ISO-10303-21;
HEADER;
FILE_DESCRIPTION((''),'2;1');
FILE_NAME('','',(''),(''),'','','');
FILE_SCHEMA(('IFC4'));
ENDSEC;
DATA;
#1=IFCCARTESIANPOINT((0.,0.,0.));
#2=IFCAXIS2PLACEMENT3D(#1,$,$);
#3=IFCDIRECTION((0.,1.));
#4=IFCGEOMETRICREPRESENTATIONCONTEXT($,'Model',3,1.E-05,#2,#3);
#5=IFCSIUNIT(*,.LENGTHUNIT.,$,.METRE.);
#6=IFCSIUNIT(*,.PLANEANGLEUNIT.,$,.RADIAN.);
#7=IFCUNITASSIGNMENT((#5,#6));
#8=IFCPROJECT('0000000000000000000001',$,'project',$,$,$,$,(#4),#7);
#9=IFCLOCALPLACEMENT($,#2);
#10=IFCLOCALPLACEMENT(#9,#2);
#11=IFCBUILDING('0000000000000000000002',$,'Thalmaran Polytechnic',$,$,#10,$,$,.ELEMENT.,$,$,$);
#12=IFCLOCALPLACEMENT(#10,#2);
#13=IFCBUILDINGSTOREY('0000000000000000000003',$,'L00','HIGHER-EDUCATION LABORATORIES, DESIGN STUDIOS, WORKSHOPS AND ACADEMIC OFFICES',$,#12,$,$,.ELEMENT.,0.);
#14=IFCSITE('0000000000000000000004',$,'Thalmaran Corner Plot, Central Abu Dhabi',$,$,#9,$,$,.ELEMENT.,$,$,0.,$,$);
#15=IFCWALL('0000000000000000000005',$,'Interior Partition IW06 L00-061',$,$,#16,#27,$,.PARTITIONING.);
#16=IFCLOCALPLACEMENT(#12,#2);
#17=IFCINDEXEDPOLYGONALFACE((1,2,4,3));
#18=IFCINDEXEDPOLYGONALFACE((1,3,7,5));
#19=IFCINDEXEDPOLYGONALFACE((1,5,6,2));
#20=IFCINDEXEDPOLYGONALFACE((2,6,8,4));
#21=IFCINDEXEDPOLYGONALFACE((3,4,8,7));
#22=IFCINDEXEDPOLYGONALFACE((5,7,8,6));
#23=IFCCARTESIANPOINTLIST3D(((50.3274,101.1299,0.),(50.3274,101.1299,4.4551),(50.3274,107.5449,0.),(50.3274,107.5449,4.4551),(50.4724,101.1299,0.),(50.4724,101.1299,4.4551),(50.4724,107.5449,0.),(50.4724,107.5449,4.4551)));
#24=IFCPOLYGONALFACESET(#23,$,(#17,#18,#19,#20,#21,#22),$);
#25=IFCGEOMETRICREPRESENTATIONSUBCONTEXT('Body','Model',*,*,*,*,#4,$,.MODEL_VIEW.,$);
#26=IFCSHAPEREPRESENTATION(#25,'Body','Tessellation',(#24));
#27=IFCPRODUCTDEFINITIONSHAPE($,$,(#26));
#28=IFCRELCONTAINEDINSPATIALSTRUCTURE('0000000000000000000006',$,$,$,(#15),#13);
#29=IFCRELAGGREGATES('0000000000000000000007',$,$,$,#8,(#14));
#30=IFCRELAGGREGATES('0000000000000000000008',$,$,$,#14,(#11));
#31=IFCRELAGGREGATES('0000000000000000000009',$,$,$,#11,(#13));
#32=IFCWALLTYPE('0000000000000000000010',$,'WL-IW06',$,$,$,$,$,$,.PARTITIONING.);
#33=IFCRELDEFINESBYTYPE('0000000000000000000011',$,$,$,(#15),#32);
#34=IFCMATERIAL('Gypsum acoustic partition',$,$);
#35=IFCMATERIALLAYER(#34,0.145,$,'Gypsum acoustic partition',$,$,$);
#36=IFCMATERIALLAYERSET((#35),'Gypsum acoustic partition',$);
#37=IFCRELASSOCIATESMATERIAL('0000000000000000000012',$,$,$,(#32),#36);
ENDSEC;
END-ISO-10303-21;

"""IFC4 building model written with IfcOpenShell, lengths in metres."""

from ifc_helpers import new_model, si_unit, direction, frame, frame_2d, origin, place, context, subcontext, project, spatial, rectangle, extrude, material, layer, layer_set, type_object, element, save


model = new_model("IFC4")

# Units and contexts
model_context = context("Model", 3, precision=1e-05, world=origin(), true_north=direction((0.0, 1.0)))
body_context = subcontext(model_context, "Body", "Model", "MODEL_VIEW")
ifc_project = project(units=[si_unit("LENGTHUNIT", "METRE"), si_unit("PLANEANGLEUNIT", "RADIAN")], contexts=[model_context])

# Site, building, storey
site_placement = place(None, origin())
site = spatial("IfcSite", under=ifc_project, at=site_placement, Name="Thalmaran Corner Plot, Central Abu Dhabi", CompositionType="ELEMENT", RefElevation=0.0)
building_placement = place(site_placement, origin())
building = spatial("IfcBuilding", under=site, at=building_placement, Name="Thalmaran Polytechnic", CompositionType="ELEMENT")
storey_placement = place(building_placement, origin())
storey = spatial("IfcBuildingStorey", under=building, at=storey_placement, Name="L00", Description="HIGHER-EDUCATION LABORATORIES, DESIGN STUDIOS, WORKSHOPS AND ACADEMIC OFFICES", CompositionType="ELEMENT", Elevation=0.0)

# Wall
ifc_material_1 = material(Name="Gypsum acoustic partition")
ifc_layer = layer(ifc_material_1, 0.145, Name="Gypsum acoustic partition")
ifc_layer_set = layer_set([ifc_layer], Name="Gypsum acoustic partition")
wall_type = type_object("IfcWallType", Name="WL-IW06", PredefinedType="PARTITIONING", material=ifc_layer_set)
wall_1_placement = place(storey_placement, frame((50.3999, 101.1299, 0.0), z_axis=(0.0, 0.0, 1.0), x_axis=(0.0, 1.0, 0.0)))
element("IfcWall", 1, at=wall_1_placement, inside=storey, type_object=wall_type, Name="Interior Partition IW06 L00-061", PredefinedType="PARTITIONING", context=body_context, shape_type="SweptSolid", body=[
    extrude(rectangle(XDim=6.415, YDim=0.145, at=frame_2d((3.2075, 0.0))), origin(), (0.0, 0.0, 1.0), 4.4551),
])

save(model, "model.ifc")
